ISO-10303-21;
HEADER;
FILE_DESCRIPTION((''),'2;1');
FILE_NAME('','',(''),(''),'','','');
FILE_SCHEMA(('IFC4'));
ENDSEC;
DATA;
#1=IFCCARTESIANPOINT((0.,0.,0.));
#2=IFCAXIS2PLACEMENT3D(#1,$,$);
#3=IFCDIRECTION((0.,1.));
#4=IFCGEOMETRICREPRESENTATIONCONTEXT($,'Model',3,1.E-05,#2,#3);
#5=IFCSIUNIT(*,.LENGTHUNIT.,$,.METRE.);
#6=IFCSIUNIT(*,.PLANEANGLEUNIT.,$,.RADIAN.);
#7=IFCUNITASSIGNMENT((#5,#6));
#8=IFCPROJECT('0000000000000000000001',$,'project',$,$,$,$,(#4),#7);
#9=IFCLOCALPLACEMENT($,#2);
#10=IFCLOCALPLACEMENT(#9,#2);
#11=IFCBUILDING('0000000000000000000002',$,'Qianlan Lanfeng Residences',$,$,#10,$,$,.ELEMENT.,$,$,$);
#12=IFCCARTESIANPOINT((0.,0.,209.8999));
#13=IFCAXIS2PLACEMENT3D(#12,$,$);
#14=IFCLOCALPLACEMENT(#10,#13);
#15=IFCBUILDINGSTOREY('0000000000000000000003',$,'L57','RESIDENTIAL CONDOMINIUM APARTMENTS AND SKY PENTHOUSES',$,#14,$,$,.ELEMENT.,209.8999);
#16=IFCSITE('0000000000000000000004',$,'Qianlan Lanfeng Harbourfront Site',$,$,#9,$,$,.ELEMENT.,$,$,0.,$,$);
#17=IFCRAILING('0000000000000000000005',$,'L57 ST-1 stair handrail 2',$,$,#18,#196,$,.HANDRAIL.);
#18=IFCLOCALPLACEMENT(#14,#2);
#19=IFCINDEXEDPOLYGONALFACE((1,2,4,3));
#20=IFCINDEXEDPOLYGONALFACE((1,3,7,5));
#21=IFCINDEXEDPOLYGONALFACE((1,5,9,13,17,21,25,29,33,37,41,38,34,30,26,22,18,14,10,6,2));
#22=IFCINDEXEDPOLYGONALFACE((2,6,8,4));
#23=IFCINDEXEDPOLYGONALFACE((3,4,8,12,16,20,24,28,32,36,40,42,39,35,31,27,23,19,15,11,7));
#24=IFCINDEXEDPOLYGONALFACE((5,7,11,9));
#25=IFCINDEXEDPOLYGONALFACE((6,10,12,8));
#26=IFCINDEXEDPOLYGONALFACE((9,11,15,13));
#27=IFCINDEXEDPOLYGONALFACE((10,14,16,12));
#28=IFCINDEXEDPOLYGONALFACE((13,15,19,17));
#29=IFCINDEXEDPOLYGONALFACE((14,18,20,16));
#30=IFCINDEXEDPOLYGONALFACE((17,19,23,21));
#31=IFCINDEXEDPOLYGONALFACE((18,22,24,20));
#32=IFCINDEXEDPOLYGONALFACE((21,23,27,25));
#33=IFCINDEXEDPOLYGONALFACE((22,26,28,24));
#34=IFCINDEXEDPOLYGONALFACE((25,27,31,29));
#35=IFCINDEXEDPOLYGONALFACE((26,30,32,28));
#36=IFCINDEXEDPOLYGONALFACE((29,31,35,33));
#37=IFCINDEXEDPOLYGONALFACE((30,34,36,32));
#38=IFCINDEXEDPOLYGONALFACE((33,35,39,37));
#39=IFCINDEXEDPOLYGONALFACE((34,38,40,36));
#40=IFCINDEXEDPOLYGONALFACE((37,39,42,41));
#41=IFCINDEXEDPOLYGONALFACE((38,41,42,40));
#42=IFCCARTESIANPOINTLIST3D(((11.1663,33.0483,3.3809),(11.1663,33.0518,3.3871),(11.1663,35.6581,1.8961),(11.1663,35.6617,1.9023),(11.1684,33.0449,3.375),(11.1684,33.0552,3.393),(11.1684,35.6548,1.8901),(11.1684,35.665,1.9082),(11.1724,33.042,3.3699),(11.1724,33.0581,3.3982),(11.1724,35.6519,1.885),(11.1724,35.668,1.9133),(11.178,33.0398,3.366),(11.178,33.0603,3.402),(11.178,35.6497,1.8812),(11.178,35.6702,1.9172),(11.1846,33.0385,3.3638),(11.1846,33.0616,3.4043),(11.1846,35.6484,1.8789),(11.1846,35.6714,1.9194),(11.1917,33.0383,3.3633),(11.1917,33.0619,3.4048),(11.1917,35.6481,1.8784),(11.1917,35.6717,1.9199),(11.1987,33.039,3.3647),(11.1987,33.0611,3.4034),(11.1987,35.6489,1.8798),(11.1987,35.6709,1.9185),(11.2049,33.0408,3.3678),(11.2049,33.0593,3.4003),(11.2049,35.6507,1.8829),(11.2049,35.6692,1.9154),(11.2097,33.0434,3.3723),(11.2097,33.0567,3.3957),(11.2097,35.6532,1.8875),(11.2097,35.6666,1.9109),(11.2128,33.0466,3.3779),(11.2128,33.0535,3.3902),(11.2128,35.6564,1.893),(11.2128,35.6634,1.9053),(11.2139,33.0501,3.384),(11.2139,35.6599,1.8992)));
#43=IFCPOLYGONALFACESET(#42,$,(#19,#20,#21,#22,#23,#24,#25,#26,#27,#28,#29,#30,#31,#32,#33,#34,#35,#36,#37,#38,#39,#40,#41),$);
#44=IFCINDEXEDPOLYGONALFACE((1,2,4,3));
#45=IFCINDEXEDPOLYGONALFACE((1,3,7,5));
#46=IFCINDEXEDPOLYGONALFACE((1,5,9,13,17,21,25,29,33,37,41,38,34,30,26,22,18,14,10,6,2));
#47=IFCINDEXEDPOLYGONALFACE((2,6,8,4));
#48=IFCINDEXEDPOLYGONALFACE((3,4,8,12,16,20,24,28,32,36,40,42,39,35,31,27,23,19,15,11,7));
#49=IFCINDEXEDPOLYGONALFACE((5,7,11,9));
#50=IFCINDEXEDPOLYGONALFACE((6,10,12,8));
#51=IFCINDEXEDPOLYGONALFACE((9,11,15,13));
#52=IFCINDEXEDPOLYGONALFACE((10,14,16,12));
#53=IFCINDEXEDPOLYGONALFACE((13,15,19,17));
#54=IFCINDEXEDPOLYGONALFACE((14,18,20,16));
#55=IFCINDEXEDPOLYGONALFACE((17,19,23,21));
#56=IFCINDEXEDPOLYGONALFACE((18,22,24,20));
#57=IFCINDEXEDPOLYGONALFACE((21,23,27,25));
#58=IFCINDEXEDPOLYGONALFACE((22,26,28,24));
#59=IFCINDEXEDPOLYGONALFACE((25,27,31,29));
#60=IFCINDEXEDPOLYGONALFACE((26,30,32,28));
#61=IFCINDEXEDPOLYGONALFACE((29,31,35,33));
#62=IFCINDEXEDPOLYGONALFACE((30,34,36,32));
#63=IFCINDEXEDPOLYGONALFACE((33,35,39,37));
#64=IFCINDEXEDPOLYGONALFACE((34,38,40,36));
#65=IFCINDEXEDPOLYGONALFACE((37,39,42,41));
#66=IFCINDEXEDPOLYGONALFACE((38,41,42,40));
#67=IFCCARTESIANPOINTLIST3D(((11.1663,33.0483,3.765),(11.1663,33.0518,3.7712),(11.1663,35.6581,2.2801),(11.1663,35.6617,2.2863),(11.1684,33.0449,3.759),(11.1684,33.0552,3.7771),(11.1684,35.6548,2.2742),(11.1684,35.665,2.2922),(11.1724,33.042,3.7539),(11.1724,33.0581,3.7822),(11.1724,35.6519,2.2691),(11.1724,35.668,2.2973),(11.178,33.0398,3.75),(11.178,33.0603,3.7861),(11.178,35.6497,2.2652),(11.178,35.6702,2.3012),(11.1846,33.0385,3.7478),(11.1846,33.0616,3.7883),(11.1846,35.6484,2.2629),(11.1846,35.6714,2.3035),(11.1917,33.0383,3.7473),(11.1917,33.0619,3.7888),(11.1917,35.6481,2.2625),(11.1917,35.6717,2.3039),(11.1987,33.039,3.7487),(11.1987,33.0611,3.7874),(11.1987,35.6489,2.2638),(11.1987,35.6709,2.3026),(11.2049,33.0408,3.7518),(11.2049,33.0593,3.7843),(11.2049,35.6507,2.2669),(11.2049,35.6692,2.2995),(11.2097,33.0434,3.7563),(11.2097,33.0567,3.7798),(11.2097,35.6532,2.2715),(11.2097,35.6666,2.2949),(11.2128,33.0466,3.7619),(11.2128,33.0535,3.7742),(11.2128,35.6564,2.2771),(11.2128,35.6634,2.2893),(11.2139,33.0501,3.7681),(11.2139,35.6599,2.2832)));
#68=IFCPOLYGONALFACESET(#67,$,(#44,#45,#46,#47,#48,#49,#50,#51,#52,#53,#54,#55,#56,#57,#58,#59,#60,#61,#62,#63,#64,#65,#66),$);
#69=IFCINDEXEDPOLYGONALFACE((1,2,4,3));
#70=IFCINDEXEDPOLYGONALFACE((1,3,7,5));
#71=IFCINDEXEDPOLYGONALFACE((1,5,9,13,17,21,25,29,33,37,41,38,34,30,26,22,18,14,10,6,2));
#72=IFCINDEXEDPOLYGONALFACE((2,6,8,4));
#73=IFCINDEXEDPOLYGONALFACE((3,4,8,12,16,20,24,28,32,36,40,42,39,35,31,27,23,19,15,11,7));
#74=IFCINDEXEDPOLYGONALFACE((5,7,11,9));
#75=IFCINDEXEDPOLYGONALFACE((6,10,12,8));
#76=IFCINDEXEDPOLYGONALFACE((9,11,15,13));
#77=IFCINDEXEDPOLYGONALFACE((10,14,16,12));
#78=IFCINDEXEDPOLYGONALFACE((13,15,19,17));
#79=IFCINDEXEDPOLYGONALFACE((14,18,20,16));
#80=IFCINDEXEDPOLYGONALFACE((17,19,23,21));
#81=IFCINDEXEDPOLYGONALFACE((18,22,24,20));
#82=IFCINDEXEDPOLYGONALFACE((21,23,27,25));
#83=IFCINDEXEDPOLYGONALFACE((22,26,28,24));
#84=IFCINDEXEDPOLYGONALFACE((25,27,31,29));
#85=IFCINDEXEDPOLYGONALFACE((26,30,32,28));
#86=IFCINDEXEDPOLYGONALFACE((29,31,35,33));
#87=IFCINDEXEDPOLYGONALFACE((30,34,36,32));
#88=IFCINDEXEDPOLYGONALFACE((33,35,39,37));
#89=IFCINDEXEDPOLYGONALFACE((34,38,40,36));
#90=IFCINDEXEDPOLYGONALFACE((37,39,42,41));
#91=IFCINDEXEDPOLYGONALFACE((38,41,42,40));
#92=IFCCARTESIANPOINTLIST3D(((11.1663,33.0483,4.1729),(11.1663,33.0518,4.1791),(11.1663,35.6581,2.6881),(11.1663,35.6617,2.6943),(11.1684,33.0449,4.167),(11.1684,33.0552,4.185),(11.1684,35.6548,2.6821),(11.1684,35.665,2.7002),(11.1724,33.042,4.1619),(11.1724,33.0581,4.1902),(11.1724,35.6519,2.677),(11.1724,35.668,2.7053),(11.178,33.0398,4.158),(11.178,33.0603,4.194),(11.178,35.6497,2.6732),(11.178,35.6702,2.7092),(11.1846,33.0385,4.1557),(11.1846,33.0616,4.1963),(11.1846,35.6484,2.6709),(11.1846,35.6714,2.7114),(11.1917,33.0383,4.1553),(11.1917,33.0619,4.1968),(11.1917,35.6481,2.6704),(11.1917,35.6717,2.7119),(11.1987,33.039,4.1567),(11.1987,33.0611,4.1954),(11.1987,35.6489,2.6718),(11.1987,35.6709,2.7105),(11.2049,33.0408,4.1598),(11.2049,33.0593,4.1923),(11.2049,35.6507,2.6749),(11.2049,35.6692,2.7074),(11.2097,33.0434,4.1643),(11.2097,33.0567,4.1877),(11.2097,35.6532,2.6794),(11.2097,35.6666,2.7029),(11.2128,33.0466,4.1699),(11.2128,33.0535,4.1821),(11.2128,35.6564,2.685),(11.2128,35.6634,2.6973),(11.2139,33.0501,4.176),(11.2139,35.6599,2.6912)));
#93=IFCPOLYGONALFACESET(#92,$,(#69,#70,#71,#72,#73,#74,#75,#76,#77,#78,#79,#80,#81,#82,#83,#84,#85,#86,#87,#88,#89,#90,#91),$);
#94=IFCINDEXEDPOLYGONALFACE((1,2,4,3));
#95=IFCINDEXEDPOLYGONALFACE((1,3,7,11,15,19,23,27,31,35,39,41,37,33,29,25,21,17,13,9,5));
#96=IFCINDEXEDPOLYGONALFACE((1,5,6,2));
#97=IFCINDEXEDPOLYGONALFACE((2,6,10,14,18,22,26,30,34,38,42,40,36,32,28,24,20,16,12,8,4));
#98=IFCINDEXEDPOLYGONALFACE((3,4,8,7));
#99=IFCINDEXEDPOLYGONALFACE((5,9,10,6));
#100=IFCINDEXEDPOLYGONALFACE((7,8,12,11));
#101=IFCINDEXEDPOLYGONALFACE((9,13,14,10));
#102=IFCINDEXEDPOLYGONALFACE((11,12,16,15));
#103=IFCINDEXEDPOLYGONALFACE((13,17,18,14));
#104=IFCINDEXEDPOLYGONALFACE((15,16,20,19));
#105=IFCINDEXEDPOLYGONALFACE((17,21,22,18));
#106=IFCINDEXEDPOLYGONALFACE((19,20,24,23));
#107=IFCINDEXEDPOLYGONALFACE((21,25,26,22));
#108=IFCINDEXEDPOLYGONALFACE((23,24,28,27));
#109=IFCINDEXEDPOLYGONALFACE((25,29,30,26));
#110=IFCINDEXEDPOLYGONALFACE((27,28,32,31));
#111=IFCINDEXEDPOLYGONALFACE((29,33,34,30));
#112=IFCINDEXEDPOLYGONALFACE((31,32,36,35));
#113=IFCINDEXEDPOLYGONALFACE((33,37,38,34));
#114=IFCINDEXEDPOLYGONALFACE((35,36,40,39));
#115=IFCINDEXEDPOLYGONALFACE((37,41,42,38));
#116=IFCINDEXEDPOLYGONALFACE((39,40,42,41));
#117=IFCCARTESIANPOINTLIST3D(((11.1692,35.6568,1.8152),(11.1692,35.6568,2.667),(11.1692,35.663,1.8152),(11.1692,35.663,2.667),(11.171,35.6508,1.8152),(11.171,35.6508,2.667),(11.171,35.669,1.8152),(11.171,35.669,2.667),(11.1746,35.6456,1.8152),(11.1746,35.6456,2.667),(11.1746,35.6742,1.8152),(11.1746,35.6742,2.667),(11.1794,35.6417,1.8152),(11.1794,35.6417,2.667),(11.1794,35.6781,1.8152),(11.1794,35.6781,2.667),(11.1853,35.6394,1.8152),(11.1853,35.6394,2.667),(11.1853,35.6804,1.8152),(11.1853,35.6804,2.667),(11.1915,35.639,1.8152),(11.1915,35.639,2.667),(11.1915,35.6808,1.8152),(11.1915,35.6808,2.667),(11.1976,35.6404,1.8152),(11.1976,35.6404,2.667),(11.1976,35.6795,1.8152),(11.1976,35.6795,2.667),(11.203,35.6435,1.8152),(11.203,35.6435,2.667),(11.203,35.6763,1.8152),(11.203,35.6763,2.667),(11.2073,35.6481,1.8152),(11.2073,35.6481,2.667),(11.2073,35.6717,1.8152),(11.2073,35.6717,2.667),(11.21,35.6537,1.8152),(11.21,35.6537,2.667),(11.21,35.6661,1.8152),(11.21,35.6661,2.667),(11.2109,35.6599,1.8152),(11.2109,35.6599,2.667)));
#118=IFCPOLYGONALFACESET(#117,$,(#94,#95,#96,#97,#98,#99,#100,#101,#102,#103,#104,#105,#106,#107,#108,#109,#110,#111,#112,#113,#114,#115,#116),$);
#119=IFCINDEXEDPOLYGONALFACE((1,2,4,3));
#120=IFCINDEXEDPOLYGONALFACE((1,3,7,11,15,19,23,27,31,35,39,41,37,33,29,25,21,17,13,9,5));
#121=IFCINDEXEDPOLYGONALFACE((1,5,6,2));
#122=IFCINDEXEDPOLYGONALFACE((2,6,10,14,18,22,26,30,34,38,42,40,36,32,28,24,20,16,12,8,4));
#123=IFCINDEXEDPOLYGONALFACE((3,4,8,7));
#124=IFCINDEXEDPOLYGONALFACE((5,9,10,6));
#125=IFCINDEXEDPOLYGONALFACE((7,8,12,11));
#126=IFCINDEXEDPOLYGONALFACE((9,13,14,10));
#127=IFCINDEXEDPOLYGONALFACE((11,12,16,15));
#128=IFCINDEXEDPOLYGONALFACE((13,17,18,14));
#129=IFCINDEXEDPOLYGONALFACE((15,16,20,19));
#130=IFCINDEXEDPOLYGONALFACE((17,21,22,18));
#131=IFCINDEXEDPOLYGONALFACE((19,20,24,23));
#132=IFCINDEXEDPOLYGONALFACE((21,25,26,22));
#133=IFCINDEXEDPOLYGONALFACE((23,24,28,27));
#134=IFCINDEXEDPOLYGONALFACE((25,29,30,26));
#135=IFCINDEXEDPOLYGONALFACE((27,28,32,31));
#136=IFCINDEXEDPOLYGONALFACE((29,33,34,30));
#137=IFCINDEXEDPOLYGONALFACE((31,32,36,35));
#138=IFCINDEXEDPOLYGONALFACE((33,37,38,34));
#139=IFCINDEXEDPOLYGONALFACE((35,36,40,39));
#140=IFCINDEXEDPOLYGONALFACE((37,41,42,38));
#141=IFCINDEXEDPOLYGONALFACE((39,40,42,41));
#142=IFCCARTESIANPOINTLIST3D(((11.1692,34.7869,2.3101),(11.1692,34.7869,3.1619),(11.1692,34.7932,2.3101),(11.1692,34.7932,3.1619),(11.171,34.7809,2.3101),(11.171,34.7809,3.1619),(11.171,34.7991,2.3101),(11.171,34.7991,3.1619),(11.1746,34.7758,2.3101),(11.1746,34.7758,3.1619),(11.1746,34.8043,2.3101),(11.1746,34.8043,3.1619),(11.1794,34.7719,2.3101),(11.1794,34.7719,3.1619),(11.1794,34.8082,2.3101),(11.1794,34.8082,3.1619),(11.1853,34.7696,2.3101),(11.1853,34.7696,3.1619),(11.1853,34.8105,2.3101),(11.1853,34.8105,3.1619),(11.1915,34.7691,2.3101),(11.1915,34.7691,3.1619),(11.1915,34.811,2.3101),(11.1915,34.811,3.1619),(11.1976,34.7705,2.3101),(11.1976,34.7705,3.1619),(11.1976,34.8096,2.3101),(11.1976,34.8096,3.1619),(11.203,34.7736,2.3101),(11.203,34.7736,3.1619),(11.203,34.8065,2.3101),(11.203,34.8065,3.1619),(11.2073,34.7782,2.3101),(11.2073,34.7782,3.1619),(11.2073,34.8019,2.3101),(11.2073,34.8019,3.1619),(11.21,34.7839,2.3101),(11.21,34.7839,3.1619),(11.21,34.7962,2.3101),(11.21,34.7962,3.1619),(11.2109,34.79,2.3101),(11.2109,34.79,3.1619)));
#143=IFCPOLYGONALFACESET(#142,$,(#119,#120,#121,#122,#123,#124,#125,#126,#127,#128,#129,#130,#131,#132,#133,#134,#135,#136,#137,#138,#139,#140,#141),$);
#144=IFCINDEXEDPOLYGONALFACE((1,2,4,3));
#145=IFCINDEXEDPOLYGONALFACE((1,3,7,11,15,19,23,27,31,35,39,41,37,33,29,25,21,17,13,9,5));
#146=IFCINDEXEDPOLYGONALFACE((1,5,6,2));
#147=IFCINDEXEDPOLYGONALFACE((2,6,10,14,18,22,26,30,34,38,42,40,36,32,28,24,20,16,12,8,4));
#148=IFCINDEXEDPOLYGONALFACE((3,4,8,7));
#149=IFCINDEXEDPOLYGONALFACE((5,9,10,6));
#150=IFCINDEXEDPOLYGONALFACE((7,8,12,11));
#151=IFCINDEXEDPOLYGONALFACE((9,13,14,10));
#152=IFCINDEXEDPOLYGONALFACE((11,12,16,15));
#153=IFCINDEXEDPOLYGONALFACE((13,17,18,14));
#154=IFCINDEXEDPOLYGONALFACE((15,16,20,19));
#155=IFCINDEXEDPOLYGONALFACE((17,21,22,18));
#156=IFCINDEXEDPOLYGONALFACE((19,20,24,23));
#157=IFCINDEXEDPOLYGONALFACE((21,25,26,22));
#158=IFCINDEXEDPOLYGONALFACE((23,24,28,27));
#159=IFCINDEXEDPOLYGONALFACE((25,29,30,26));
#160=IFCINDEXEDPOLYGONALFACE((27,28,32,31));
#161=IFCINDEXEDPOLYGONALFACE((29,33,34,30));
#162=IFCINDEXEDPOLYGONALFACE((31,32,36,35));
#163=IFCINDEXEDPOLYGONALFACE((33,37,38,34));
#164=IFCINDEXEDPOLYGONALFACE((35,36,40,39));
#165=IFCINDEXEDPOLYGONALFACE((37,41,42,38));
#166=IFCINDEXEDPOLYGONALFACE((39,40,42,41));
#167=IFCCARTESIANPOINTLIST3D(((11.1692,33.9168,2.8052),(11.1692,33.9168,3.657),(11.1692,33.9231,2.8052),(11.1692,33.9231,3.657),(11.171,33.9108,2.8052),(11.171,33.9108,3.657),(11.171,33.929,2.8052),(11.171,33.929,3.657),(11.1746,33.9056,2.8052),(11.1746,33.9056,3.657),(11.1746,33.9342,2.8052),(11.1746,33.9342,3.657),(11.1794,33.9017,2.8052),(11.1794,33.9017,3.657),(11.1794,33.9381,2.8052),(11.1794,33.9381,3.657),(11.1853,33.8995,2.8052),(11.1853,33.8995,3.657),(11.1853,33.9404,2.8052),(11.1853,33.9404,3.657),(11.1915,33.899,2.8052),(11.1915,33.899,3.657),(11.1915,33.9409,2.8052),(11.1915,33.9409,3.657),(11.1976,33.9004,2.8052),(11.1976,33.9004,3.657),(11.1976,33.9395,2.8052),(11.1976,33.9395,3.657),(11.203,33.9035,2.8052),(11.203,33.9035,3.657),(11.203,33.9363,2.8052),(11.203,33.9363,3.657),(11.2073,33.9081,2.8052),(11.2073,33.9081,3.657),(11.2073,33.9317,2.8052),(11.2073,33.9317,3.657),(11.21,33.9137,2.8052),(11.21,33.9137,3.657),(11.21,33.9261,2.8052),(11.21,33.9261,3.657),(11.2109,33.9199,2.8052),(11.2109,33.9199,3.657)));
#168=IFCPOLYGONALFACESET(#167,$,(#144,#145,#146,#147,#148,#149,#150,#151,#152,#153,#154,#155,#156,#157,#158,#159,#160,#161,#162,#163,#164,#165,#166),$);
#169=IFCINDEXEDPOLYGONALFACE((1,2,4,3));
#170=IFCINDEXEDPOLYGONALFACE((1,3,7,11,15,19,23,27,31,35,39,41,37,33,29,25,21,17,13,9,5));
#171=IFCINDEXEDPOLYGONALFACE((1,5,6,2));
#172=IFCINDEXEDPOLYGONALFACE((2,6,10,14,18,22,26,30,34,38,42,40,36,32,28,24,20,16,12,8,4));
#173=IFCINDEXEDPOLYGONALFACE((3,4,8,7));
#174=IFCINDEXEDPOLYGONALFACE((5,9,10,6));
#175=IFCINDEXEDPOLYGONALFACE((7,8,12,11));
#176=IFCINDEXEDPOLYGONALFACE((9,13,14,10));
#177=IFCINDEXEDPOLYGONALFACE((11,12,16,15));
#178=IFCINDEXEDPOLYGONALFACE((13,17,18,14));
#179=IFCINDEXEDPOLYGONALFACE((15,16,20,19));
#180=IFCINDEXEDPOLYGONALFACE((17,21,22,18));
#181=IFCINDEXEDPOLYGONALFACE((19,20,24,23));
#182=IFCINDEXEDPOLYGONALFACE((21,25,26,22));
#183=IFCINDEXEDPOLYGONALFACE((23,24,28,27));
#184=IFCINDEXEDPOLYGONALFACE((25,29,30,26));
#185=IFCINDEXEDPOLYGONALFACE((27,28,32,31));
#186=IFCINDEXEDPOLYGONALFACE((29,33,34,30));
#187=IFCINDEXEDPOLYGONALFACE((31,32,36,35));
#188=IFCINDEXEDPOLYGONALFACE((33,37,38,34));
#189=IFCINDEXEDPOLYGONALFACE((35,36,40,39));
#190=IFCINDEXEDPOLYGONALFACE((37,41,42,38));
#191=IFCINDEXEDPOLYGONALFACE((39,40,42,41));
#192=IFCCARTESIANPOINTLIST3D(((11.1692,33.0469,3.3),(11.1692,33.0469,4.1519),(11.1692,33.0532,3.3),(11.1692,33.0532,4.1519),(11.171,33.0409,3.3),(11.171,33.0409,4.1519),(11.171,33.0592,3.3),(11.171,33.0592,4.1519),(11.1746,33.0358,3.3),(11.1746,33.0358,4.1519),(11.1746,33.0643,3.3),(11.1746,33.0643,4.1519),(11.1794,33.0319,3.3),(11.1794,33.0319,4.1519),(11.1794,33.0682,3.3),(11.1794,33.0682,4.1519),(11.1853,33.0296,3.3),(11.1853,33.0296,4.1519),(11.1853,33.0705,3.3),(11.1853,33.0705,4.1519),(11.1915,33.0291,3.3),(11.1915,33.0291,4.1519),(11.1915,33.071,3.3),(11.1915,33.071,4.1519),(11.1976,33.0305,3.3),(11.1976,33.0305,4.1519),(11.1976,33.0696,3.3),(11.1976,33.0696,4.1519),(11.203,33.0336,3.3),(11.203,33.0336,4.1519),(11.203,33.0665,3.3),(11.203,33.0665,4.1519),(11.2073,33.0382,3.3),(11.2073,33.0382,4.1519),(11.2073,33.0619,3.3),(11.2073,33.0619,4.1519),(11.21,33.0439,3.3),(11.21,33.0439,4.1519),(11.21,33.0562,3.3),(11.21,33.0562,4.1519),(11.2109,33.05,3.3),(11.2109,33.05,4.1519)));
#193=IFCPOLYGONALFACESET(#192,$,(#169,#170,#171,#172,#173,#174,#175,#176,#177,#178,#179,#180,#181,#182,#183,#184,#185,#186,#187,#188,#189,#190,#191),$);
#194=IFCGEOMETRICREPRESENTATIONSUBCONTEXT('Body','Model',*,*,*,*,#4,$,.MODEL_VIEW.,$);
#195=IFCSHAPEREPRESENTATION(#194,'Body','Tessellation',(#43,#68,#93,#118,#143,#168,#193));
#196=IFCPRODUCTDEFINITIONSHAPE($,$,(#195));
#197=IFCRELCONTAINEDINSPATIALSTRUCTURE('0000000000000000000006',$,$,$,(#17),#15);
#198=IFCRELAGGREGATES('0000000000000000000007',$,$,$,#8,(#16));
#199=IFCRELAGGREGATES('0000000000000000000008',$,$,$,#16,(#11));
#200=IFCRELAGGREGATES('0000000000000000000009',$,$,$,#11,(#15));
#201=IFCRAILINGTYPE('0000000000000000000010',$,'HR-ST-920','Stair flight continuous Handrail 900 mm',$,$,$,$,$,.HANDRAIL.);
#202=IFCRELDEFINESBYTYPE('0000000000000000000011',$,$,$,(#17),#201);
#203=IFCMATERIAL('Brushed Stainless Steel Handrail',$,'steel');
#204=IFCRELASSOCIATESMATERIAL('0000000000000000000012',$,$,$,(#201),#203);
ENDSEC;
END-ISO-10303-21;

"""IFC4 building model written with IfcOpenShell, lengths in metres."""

from ifc_helpers import new_model, si_unit, direction, frame, origin, origin_2d, place, context, subcontext, project, spatial, circle, extrude, material, type_object, element, save


model = new_model("IFC4")

# Units and contexts
model_context = context("Model", 3, precision=1e-05, world=origin(), true_north=direction((0.0, 1.0)))
body_context = subcontext(model_context, "Body", "Model", "MODEL_VIEW")
ifc_project = project(units=[si_unit("LENGTHUNIT", "METRE"), si_unit("PLANEANGLEUNIT", "RADIAN")], contexts=[model_context])

# Site, building, storey
site_placement = place(None, origin())
site = spatial("IfcSite", under=ifc_project, at=site_placement, Name="Qianlan Lanfeng Harbourfront Site", CompositionType="ELEMENT", RefElevation=0.0)
building_placement = place(site_placement, origin())
building = spatial("IfcBuilding", under=site, at=building_placement, Name="Qianlan Lanfeng Residences", CompositionType="ELEMENT")
storey_placement = place(building_placement, frame((0.0, 0.0, 209.8999)))
storey = spatial("IfcBuildingStorey", under=building, at=storey_placement, Name="L57", Description="RESIDENTIAL CONDOMINIUM APARTMENTS AND SKY PENTHOUSES", CompositionType="ELEMENT", Elevation=209.8999)

# Railing
ifc_material_1 = material(Name="Brushed Stainless Steel Handrail", Category="steel")
railing_type_1 = type_object("IfcRailingType", Name="HR-ST-920", Description="Stair flight continuous Handrail 900 mm", PredefinedType="HANDRAIL", material=ifc_material_1)
railing_1_placement = place(storey_placement, frame((11.1899, 35.6599, 1.8152)))
element("IfcRailing", 1, at=railing_1_placement, inside=storey, type_object=railing_type_1, Name="L57 ST-1 stair handrail 2", PredefinedType="HANDRAIL", context=body_context, shape_type="SweptSolid", body=[
    extrude(circle(Radius=0.0239, at=origin_2d()), frame((0.0, 0.0, 0.084), z_axis=(0.0, -0.869172, 0.494509), x_axis=(1.0, 0.0, 0.0)), (0.0, 0.0, 1.0), 3.0027),
    extrude(circle(Radius=0.0239, at=origin_2d()), frame((0.0, 0.0, 0.468), z_axis=(0.0, -0.869172, 0.494509), x_axis=(1.0, 0.0, 0.0)), (0.0, 0.0, 1.0), 3.0027),
    extrude(circle(Radius=0.0239, at=origin_2d()), frame((0.0, 0.0, 0.876), z_axis=(0.0, -0.869172, 0.494509), x_axis=(1.0, 0.0, 0.0)), (0.0, 0.0, 1.0), 3.0027),
    extrude(circle(Radius=0.021, at=origin_2d()), origin(), (0.0, 0.0, 1.0), 0.8518),
    extrude(circle(Radius=0.021, at=origin_2d()), frame((0.0, -0.8699, 0.4949)), (0.0, 0.0, 1.0), 0.8518),
    extrude(circle(Radius=0.021, at=origin_2d()), frame((0.0, -1.74, 0.99)), (0.0, 0.0, 1.0), 0.8518),
    extrude(circle(Radius=0.021, at=origin_2d()), frame((0.0, -2.6099, 1.4849)), (0.0, 0.0, 1.0), 0.8518),
])

save(model, "model.ifc")
